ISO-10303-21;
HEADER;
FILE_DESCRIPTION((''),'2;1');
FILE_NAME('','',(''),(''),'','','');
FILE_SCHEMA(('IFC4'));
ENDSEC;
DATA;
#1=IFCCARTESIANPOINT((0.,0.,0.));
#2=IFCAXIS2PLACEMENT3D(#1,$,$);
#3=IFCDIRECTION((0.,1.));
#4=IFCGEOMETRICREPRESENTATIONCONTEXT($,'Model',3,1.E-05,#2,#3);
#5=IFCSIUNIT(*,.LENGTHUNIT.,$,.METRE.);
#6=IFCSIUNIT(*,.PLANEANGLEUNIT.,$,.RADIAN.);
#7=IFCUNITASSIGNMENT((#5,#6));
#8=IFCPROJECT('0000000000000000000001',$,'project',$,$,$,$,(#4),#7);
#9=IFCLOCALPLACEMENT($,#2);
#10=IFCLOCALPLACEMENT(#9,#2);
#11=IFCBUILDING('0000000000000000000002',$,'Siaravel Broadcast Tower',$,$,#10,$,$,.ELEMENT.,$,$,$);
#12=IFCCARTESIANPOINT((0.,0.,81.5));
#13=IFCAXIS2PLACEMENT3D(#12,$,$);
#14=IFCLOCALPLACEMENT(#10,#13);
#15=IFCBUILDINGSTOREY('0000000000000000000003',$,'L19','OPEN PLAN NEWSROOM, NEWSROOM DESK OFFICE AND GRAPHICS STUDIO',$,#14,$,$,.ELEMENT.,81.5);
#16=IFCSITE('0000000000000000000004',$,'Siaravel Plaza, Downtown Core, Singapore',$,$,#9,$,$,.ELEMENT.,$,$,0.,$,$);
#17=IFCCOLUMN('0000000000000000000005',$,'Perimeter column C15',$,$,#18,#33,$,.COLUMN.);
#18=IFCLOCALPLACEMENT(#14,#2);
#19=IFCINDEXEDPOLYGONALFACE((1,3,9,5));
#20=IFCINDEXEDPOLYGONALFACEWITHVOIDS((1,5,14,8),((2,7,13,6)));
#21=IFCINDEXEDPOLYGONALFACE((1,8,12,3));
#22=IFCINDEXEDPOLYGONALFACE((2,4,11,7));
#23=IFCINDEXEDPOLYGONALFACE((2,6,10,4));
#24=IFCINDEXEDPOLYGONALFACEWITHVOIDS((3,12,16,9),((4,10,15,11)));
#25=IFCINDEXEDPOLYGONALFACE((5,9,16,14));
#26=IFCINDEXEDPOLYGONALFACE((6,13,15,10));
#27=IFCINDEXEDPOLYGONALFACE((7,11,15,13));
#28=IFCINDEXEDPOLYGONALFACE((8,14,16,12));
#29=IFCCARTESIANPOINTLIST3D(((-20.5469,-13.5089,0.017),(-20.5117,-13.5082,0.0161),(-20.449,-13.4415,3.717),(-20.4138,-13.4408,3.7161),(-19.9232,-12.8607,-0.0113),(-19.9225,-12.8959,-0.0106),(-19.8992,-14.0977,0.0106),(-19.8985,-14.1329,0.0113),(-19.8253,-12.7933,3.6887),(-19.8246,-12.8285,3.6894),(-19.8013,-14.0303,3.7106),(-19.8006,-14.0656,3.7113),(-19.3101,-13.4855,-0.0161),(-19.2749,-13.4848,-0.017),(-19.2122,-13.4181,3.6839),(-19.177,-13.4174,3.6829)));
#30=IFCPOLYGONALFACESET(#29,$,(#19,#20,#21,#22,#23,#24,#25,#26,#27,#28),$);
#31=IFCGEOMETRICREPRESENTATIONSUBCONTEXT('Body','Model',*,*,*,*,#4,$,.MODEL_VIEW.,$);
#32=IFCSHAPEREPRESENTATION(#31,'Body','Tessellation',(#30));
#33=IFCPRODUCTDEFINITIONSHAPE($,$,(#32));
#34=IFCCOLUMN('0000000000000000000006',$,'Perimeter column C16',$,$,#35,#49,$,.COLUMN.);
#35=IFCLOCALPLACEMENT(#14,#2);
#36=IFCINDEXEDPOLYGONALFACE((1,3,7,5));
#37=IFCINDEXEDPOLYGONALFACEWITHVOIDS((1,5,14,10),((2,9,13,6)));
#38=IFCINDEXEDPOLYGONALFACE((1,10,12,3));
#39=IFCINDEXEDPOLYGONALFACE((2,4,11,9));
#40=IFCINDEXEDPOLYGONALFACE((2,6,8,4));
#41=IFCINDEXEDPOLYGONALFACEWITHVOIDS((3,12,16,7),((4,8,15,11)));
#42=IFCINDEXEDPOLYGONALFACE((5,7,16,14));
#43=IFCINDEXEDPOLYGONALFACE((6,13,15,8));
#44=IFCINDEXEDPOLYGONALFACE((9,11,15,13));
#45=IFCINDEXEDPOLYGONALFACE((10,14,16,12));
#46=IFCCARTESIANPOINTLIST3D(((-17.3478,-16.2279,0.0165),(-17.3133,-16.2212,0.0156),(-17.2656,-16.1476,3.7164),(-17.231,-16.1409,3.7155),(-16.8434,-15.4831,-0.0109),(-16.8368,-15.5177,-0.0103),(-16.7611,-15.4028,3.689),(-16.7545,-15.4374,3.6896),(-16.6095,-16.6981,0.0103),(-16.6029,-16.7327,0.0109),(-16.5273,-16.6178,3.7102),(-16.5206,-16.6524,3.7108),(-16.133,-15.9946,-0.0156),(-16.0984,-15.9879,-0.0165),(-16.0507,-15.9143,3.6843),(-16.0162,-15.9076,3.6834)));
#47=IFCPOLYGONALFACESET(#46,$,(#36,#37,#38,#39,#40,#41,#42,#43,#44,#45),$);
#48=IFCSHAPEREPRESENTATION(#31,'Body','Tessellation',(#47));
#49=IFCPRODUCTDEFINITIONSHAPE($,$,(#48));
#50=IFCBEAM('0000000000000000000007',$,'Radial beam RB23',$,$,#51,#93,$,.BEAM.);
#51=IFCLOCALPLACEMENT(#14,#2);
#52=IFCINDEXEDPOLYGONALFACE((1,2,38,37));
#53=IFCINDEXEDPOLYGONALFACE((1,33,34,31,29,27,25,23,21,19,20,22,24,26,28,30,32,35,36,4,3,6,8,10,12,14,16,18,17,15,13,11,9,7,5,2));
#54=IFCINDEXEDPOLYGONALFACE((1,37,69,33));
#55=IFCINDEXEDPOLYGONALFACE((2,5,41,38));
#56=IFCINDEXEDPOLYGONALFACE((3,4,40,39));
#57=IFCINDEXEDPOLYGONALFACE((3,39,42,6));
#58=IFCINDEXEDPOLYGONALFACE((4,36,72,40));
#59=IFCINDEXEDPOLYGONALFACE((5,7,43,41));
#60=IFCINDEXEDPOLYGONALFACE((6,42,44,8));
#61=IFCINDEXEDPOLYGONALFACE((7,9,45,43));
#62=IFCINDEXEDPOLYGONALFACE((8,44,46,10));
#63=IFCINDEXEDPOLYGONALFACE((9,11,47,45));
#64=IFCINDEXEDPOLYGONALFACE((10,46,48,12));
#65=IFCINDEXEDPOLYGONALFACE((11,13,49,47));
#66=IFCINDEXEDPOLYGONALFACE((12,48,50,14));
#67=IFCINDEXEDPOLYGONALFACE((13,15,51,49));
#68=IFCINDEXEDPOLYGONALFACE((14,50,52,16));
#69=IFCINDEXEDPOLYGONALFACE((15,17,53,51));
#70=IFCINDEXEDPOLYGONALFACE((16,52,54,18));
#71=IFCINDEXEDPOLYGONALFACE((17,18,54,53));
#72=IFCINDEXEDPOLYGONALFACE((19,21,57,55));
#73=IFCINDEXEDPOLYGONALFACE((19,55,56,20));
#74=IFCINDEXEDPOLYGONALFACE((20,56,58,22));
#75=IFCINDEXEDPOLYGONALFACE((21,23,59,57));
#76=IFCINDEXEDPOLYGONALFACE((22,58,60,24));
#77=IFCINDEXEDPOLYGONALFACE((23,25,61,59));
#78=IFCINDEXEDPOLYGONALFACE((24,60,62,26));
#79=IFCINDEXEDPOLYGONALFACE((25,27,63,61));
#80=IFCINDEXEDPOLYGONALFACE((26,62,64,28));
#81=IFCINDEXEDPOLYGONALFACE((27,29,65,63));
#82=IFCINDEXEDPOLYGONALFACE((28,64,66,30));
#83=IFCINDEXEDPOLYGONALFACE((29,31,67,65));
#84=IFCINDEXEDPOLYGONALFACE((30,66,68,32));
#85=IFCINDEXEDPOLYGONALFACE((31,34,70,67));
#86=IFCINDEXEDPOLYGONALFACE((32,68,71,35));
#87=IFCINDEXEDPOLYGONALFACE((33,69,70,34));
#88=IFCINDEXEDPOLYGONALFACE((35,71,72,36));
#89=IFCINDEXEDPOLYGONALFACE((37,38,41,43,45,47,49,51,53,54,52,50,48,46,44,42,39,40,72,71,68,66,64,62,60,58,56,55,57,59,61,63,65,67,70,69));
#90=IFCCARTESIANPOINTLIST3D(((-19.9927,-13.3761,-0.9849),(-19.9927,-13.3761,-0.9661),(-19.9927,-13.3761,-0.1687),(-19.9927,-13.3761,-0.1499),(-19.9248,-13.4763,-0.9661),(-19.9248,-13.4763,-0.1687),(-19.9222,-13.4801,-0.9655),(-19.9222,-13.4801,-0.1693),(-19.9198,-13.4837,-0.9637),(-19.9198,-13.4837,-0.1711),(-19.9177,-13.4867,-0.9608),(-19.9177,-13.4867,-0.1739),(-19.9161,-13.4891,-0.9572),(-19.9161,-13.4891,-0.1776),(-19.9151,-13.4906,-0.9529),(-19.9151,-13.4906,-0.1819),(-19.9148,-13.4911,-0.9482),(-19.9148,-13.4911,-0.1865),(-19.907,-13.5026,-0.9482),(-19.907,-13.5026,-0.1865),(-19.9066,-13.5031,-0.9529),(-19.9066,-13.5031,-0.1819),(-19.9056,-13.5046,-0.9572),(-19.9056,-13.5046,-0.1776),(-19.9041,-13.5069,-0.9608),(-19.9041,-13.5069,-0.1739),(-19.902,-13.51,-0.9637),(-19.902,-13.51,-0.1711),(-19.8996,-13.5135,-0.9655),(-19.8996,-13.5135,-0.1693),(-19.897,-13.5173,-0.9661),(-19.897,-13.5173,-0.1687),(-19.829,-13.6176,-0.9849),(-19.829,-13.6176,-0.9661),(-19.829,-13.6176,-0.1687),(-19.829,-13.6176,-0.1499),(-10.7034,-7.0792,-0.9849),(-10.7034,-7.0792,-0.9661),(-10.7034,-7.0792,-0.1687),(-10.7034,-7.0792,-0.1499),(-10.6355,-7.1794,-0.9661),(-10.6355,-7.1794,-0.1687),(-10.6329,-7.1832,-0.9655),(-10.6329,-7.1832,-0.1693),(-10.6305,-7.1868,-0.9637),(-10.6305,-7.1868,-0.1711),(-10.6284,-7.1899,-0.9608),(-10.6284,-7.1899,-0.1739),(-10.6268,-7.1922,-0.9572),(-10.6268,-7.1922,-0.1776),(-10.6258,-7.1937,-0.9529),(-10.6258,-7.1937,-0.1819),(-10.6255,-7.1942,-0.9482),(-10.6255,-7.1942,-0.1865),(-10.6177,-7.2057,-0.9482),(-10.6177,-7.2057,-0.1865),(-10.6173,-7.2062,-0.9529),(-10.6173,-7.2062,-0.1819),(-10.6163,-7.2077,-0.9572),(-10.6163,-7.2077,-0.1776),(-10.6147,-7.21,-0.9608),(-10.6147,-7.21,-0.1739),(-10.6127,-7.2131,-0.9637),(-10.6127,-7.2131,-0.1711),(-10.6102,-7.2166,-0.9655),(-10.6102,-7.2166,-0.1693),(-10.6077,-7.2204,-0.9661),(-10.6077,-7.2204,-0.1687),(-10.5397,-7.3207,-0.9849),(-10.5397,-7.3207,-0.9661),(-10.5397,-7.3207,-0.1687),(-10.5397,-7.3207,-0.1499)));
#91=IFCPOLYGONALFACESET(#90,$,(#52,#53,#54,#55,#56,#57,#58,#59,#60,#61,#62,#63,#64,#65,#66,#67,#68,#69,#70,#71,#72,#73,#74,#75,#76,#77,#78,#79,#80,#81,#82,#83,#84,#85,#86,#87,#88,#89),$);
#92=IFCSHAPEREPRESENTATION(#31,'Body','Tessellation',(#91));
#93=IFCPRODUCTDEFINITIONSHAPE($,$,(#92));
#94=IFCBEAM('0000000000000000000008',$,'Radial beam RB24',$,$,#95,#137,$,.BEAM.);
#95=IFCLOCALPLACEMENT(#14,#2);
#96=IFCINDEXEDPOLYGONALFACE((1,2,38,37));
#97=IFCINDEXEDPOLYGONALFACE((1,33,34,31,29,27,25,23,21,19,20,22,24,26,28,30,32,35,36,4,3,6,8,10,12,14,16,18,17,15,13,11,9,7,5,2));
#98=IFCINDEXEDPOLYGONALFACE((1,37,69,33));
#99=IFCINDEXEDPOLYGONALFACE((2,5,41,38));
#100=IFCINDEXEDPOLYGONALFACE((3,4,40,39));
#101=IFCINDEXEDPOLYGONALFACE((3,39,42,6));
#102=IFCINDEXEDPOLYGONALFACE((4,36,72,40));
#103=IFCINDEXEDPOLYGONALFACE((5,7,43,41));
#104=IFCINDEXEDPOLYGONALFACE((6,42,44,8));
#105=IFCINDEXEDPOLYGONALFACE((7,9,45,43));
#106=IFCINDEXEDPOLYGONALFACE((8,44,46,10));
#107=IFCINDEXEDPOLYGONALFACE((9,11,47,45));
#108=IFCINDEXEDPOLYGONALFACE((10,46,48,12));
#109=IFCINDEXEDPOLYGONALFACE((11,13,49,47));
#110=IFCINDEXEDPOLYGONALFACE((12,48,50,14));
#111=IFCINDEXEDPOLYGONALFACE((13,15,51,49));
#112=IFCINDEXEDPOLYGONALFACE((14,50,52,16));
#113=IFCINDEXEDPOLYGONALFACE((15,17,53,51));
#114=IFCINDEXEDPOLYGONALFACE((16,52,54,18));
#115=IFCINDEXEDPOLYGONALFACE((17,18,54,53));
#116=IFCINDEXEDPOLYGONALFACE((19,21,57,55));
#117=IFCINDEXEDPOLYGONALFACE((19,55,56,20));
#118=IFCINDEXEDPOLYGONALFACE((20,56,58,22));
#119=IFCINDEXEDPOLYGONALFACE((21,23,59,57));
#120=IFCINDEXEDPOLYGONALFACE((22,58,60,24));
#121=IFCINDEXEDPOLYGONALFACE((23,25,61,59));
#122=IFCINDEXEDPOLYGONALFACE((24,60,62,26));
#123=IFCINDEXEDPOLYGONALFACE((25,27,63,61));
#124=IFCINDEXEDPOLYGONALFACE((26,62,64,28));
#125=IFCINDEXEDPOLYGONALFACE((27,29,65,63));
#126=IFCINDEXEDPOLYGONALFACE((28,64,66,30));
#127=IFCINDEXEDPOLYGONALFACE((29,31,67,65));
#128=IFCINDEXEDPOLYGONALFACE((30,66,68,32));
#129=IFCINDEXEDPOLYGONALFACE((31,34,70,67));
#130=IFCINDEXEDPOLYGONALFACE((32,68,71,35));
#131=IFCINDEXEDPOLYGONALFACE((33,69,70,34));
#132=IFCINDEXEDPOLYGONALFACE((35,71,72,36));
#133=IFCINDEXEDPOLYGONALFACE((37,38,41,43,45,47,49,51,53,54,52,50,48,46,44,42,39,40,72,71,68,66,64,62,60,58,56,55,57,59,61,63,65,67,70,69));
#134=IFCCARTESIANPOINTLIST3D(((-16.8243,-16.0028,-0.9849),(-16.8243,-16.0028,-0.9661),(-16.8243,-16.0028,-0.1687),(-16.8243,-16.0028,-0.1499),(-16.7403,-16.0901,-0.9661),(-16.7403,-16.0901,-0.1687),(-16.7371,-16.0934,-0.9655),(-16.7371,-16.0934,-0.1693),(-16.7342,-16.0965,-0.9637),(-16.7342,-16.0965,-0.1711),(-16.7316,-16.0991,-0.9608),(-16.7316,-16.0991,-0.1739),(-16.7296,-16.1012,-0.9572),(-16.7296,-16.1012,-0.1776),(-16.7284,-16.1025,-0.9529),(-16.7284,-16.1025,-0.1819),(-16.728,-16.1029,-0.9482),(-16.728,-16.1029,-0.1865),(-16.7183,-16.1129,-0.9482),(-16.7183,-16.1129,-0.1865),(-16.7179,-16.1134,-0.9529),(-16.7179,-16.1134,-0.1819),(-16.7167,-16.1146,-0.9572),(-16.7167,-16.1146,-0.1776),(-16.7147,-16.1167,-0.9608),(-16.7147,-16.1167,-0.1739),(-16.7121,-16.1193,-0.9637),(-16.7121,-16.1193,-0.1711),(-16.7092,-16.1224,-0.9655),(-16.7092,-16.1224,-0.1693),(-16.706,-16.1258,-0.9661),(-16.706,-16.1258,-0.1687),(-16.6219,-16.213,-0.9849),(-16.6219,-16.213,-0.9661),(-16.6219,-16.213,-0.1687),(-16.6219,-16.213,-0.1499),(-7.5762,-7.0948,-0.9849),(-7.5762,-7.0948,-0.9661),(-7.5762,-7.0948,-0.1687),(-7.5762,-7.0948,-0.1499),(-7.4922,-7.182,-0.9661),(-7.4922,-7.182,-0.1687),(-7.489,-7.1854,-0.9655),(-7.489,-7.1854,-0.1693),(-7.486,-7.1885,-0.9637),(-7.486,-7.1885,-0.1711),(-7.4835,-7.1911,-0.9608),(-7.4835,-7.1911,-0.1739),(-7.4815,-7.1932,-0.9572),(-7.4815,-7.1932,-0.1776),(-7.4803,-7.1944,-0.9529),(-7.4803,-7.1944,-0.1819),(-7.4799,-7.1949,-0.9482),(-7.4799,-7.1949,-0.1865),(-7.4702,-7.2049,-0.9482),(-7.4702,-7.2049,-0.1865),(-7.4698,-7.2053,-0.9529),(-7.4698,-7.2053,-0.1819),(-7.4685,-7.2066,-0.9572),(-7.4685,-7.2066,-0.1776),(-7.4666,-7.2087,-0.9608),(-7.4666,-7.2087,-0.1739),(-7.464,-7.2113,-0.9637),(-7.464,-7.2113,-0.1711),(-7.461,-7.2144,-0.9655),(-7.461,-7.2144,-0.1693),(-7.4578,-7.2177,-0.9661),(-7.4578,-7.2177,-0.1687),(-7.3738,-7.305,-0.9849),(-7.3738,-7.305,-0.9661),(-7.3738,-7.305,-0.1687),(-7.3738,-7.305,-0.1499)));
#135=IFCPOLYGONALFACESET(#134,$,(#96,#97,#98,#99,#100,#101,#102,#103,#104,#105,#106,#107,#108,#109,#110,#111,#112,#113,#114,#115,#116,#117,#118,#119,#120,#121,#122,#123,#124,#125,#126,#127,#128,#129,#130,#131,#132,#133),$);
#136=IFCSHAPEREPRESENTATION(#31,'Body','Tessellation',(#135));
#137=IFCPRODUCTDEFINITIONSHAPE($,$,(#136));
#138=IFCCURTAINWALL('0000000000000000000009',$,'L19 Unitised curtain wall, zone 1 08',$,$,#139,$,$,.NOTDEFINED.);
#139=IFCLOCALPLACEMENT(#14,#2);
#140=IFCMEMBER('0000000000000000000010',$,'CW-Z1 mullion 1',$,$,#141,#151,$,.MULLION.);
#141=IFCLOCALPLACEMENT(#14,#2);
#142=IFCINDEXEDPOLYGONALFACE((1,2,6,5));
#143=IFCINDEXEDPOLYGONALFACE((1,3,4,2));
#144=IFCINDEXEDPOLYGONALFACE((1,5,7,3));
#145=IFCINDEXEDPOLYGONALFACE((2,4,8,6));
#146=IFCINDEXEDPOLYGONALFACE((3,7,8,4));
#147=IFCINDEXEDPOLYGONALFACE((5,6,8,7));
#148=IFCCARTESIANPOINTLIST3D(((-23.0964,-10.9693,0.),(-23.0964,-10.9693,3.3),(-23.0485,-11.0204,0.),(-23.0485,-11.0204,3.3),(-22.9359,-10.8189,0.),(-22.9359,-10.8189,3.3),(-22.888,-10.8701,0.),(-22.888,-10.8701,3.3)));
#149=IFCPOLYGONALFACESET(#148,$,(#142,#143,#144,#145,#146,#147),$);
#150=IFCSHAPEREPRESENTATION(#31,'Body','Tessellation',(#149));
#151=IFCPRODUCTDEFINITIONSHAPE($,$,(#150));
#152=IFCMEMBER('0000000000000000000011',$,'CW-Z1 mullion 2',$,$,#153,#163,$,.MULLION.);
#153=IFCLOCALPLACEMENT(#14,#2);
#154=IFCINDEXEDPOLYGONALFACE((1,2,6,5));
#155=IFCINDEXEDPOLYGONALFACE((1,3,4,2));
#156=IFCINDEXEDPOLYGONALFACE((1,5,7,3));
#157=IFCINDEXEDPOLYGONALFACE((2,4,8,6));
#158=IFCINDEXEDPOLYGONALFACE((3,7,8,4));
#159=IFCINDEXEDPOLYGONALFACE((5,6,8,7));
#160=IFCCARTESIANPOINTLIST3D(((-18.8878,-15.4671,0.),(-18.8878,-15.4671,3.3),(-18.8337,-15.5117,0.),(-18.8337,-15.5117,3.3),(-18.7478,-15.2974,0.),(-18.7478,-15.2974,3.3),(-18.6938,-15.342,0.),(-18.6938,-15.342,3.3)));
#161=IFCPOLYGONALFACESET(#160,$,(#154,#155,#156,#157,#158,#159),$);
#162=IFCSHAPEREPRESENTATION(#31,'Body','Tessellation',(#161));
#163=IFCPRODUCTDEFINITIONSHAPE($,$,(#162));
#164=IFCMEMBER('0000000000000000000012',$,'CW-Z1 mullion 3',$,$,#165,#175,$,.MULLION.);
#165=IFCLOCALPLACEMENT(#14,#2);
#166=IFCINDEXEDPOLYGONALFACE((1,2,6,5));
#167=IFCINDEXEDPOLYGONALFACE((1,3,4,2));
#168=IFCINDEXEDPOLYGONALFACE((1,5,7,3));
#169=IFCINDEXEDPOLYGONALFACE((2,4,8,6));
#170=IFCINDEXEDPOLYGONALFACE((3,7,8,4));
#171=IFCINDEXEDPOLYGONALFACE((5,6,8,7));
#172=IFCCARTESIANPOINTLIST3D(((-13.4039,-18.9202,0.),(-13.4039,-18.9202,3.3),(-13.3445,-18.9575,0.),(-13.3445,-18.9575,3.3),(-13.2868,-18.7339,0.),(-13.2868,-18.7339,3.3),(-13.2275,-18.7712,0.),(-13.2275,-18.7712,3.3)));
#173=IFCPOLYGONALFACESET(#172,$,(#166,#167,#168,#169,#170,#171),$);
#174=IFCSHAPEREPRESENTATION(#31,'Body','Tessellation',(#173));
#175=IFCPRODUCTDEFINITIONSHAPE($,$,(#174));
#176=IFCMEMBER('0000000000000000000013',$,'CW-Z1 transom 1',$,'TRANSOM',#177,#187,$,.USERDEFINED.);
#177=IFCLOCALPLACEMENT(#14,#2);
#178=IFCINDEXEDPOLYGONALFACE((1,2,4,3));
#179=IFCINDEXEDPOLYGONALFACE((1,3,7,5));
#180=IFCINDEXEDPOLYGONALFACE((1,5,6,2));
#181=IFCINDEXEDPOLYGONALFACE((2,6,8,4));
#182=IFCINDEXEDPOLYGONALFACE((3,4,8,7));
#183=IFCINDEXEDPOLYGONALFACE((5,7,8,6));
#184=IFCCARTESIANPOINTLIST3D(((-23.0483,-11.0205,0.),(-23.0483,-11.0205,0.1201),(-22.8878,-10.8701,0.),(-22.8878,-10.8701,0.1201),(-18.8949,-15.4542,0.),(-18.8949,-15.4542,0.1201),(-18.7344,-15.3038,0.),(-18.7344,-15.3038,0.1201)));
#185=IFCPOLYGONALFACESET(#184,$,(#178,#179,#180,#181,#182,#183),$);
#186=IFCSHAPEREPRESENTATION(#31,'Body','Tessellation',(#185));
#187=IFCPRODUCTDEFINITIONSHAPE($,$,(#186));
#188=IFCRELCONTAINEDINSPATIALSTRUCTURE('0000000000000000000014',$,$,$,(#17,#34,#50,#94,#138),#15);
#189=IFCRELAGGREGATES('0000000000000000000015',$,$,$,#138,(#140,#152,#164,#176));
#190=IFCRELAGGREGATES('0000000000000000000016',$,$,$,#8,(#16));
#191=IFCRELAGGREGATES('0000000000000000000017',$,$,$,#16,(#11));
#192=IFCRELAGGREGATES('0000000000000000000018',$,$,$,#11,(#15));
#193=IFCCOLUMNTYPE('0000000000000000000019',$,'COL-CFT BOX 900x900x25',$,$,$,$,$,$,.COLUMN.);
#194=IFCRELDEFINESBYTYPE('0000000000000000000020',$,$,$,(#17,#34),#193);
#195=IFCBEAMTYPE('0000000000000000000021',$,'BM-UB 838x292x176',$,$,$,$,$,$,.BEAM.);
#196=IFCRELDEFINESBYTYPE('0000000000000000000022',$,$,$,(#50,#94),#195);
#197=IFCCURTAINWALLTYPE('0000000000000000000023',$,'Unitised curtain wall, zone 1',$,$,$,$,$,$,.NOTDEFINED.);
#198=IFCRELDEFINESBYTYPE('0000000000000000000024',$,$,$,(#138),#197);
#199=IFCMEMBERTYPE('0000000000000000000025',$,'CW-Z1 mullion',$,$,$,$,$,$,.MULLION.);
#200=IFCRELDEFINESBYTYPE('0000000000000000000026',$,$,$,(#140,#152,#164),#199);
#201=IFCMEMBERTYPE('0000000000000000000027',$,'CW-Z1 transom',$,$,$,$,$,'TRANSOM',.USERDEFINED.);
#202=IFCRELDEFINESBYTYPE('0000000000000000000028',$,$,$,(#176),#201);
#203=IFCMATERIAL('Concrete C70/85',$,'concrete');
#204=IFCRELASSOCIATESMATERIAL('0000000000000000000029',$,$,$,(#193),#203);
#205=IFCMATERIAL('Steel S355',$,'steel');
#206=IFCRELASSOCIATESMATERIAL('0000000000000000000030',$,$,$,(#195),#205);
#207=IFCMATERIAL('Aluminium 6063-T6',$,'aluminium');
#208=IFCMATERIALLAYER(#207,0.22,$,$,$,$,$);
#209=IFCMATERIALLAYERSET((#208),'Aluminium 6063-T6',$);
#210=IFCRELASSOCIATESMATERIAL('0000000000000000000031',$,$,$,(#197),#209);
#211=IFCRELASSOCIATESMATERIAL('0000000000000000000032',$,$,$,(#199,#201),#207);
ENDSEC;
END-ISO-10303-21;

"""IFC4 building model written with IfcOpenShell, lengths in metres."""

from ifc_helpers import new_model, si_unit, direction, frame, origin, origin_2d, place, context, subcontext, project, spatial, rectangle, hollow_rectangle, i_section, extrude, material, layer, layer_set, material_profile, profile_set, type_object, element, aggregate, save


model = new_model("IFC4")

# Units and contexts
model_context = context("Model", 3, precision=1e-05, world=origin(), true_north=direction((0.0, 1.0)))
body_context = subcontext(model_context, "Body", "Model", "MODEL_VIEW")
ifc_project = project(units=[si_unit("LENGTHUNIT", "METRE"), si_unit("PLANEANGLEUNIT", "RADIAN")], contexts=[model_context])

# Site, building, storey
site_placement = place(None, origin())
site = spatial("IfcSite", under=ifc_project, at=site_placement, Name="Siaravel Plaza, Downtown Core, Singapore", CompositionType="ELEMENT", RefElevation=0.0)
building_placement = place(site_placement, origin())
building = spatial("IfcBuilding", under=site, at=building_placement, Name="Siaravel Broadcast Tower", CompositionType="ELEMENT")
storey_placement = place(building_placement, frame((0.0, 0.0, 81.5)))
storey = spatial("IfcBuildingStorey", under=building, at=storey_placement, Name="L19", Description="OPEN PLAN NEWSROOM, NEWSROOM DESK OFFICE AND GRAPHICS STUDIO", CompositionType="ELEMENT", Elevation=81.5)

# Columns
ifc_material_1 = material(Name="Concrete C70/85", Category="concrete")
ifc_material_profile_1 = material_profile(ifc_material_1, hollow_rectangle(XDim=0.8999, YDim=0.8999, WallThickness=0.0249, at=origin_2d()))
ifc_profile_set_1 = profile_set([ifc_material_profile_1], Name="Concrete C70/85")
column_type = type_object("IfcColumnType", Name="COL-CFT BOX 900x900x25", PredefinedType="COLUMN", material=ifc_profile_set_1)
column_1_placement = place(storey_placement, frame((-19.9109, -13.4968, 0.0), z_axis=(0.026446, 0.018202, 0.999484), x_axis=(-0.72044, 0.693488, 0.006433)))
element("IfcColumn", 1, at=column_1_placement, inside=storey, type_object=column_type, Name="Perimeter column C15", PredefinedType="COLUMN", context=body_context, shape_type="SweptSolid", body=[
    extrude(hollow_rectangle(XDim=0.8999, YDim=0.8999, WallThickness=0.0249, at=origin_2d()), origin(), (0.0, 0.0, 1.0), 3.7019),
])
column_2_placement = place(storey_placement, frame((-16.7231, -16.1079, 0.0), z_axis=(0.022226, 0.021699, 0.999517), x_axis=(-0.827832, 0.560941, 0.006231)))
element("IfcColumn", 2, at=column_2_placement, inside=storey, type_object=column_type, Name="Perimeter column C16", PredefinedType="COLUMN", context=body_context, shape_type="SweptSolid", body=[
    extrude(hollow_rectangle(XDim=0.8999, YDim=0.8999, WallThickness=0.0249, at=origin_2d()), origin(), (0.0, 0.0, 1.0), 3.7017),
])

# Beams
ifc_material_2 = material(Name="Steel S355", Category="steel")
ifc_material_profile_2 = material_profile(ifc_material_2, i_section(OverallWidth=0.2917, OverallDepth=0.835, WebThickness=0.0139, FlangeThickness=0.0188, FilletRadius=0.0178, at=origin_2d()))
ifc_profile_set_2 = profile_set([ifc_material_profile_2], Name="Steel S355")
beam_type = type_object("IfcBeamType", Name="BM-UB 838x292x176", PredefinedType="BEAM", material=ifc_profile_set_2)
beam_1_placement = place(storey_placement, frame((-19.9109, -13.4968, -0.5674), z_axis=(0.827748, 0.5611, 0.0), x_axis=(-0.5611, 0.827748, 0.0)))
element("IfcBeam", 3, at=beam_1_placement, inside=storey, type_object=beam_type, Name="Radial beam RB23", PredefinedType="BEAM", context=body_context, shape_type="SweptSolid", body=[
    extrude(i_section(OverallWidth=0.2917, OverallDepth=0.835, WebThickness=0.0139, FlangeThickness=0.0188, FilletRadius=0.0178, at=origin_2d()), origin(), (0.0, 0.0, 1.0), 11.2224),
])
beam_2_placement = place(storey_placement, frame((-16.7231, -16.1079, -0.5674), z_axis=(0.720226, 0.69374, 0.0), x_axis=(-0.69374, 0.720226, 0.0)))
element("IfcBeam", 4, at=beam_2_placement, inside=storey, type_object=beam_type, Name="Radial beam RB24", PredefinedType="BEAM", context=body_context, shape_type="SweptSolid", body=[
    extrude(i_section(OverallWidth=0.2917, OverallDepth=0.835, WebThickness=0.0139, FlangeThickness=0.0188, FilletRadius=0.0178, at=origin_2d()), origin(), (0.0, 0.0, 1.0), 12.8406),
])

# Curtain wall, members
ifc_material_3 = material(Name="Aluminium 6063-T6", Category="aluminium")
ifc_layer_1 = layer(ifc_material_3, 0.22)
ifc_layer_set_1 = layer_set([ifc_layer_1], Name="Aluminium 6063-T6")
curtain_wall_type = type_object("IfcCurtainWallType", Name="Unitised curtain wall, zone 1", PredefinedType="NOTDEFINED", material=ifc_layer_set_1)
curtain_wall_placement = place(storey_placement, origin())
curtain_wall = element("IfcCurtainWall", 5, at=curtain_wall_placement, inside=storey, type_object=curtain_wall_type, Name="L19 Unitised curtain wall, zone 1 08", PredefinedType="NOTDEFINED")
ifc_material_profile_3 = material_profile(ifc_material_3, rectangle(XDim=0.22, YDim=0.0701, at=origin_2d()))
ifc_profile_set_3 = profile_set([ifc_material_profile_3], Name="Aluminium 6063-T6")
member_type_1 = type_object("IfcMemberType", Name="CW-Z1 mullion", PredefinedType="MULLION", material=ifc_profile_set_3)
member_1_placement = place(storey_placement, frame((-22.9922, -10.9197, 0.0), z_axis=(0.0, 0.0, 1.0), x_axis=(0.729806, 0.683655, 0.0)))
member_1 = element("IfcMember", 6, at=member_1_placement, type_object=member_type_1, Name="CW-Z1 mullion 1", PredefinedType="MULLION", context=body_context, shape_type="SweptSolid", body=[
    extrude(rectangle(XDim=0.22, YDim=0.0701, at=origin_2d()), origin(), (0.0, 0.0, 1.0), 3.3),
])
member_2_placement = place(storey_placement, frame((-18.7908, -15.4045, 0.0), z_axis=(0.0, 0.0, 1.0), x_axis=(0.636219, 0.771508, 0.0)))
member_2 = element("IfcMember", 7, at=member_2_placement, type_object=member_type_1, Name="CW-Z1 mullion 2", PredefinedType="MULLION", context=body_context, shape_type="SweptSolid", body=[
    extrude(rectangle(XDim=0.22, YDim=0.0701, at=origin_2d()), origin(), (0.0, 0.0, 1.0), 3.3),
])
member_3_placement = place(storey_placement, frame((-13.3157, -18.8457, 0.0), z_axis=(0.0, 0.0, 1.0), x_axis=(0.53215, 0.84665, 0.0)))
member_3 = element("IfcMember", 8, at=member_3_placement, type_object=member_type_1, Name="CW-Z1 mullion 3", PredefinedType="MULLION", context=body_context, shape_type="SweptSolid", body=[
    extrude(rectangle(XDim=0.22, YDim=0.0701, at=origin_2d()), origin(), (0.0, 0.0, 1.0), 3.3),
])
ifc_material_profile_4 = material_profile(ifc_material_3, rectangle(XDim=0.22, YDim=0.1201, at=origin_2d()))
ifc_profile_set_4 = profile_set([ifc_material_profile_4], Name="Aluminium 6063-T6")
member_type_2 = type_object("IfcMemberType", Name="CW-Z1 transom", ElementType="TRANSOM", PredefinedType="USERDEFINED", material=ifc_profile_set_4)
member_4_placement = place(storey_placement, frame((-22.968, -10.9453, 0.0601), z_axis=(0.683663, -0.729798, 0.0), x_axis=(0.729798, 0.683663, 0.0)))
member_4 = element("IfcMember", 9, at=member_4_placement, type_object=member_type_2, Name="CW-Z1 transom 1", ObjectType="TRANSOM", PredefinedType="USERDEFINED", context=body_context, shape_type="SweptSolid", body=[
    extrude(rectangle(XDim=0.22, YDim=0.1201, at=origin_2d()), origin(), (0.0, 0.0, 1.0), 6.0752),
])

aggregate(curtain_wall, [member_1, member_2, member_3, member_4])

save(model, "model.ifc")
